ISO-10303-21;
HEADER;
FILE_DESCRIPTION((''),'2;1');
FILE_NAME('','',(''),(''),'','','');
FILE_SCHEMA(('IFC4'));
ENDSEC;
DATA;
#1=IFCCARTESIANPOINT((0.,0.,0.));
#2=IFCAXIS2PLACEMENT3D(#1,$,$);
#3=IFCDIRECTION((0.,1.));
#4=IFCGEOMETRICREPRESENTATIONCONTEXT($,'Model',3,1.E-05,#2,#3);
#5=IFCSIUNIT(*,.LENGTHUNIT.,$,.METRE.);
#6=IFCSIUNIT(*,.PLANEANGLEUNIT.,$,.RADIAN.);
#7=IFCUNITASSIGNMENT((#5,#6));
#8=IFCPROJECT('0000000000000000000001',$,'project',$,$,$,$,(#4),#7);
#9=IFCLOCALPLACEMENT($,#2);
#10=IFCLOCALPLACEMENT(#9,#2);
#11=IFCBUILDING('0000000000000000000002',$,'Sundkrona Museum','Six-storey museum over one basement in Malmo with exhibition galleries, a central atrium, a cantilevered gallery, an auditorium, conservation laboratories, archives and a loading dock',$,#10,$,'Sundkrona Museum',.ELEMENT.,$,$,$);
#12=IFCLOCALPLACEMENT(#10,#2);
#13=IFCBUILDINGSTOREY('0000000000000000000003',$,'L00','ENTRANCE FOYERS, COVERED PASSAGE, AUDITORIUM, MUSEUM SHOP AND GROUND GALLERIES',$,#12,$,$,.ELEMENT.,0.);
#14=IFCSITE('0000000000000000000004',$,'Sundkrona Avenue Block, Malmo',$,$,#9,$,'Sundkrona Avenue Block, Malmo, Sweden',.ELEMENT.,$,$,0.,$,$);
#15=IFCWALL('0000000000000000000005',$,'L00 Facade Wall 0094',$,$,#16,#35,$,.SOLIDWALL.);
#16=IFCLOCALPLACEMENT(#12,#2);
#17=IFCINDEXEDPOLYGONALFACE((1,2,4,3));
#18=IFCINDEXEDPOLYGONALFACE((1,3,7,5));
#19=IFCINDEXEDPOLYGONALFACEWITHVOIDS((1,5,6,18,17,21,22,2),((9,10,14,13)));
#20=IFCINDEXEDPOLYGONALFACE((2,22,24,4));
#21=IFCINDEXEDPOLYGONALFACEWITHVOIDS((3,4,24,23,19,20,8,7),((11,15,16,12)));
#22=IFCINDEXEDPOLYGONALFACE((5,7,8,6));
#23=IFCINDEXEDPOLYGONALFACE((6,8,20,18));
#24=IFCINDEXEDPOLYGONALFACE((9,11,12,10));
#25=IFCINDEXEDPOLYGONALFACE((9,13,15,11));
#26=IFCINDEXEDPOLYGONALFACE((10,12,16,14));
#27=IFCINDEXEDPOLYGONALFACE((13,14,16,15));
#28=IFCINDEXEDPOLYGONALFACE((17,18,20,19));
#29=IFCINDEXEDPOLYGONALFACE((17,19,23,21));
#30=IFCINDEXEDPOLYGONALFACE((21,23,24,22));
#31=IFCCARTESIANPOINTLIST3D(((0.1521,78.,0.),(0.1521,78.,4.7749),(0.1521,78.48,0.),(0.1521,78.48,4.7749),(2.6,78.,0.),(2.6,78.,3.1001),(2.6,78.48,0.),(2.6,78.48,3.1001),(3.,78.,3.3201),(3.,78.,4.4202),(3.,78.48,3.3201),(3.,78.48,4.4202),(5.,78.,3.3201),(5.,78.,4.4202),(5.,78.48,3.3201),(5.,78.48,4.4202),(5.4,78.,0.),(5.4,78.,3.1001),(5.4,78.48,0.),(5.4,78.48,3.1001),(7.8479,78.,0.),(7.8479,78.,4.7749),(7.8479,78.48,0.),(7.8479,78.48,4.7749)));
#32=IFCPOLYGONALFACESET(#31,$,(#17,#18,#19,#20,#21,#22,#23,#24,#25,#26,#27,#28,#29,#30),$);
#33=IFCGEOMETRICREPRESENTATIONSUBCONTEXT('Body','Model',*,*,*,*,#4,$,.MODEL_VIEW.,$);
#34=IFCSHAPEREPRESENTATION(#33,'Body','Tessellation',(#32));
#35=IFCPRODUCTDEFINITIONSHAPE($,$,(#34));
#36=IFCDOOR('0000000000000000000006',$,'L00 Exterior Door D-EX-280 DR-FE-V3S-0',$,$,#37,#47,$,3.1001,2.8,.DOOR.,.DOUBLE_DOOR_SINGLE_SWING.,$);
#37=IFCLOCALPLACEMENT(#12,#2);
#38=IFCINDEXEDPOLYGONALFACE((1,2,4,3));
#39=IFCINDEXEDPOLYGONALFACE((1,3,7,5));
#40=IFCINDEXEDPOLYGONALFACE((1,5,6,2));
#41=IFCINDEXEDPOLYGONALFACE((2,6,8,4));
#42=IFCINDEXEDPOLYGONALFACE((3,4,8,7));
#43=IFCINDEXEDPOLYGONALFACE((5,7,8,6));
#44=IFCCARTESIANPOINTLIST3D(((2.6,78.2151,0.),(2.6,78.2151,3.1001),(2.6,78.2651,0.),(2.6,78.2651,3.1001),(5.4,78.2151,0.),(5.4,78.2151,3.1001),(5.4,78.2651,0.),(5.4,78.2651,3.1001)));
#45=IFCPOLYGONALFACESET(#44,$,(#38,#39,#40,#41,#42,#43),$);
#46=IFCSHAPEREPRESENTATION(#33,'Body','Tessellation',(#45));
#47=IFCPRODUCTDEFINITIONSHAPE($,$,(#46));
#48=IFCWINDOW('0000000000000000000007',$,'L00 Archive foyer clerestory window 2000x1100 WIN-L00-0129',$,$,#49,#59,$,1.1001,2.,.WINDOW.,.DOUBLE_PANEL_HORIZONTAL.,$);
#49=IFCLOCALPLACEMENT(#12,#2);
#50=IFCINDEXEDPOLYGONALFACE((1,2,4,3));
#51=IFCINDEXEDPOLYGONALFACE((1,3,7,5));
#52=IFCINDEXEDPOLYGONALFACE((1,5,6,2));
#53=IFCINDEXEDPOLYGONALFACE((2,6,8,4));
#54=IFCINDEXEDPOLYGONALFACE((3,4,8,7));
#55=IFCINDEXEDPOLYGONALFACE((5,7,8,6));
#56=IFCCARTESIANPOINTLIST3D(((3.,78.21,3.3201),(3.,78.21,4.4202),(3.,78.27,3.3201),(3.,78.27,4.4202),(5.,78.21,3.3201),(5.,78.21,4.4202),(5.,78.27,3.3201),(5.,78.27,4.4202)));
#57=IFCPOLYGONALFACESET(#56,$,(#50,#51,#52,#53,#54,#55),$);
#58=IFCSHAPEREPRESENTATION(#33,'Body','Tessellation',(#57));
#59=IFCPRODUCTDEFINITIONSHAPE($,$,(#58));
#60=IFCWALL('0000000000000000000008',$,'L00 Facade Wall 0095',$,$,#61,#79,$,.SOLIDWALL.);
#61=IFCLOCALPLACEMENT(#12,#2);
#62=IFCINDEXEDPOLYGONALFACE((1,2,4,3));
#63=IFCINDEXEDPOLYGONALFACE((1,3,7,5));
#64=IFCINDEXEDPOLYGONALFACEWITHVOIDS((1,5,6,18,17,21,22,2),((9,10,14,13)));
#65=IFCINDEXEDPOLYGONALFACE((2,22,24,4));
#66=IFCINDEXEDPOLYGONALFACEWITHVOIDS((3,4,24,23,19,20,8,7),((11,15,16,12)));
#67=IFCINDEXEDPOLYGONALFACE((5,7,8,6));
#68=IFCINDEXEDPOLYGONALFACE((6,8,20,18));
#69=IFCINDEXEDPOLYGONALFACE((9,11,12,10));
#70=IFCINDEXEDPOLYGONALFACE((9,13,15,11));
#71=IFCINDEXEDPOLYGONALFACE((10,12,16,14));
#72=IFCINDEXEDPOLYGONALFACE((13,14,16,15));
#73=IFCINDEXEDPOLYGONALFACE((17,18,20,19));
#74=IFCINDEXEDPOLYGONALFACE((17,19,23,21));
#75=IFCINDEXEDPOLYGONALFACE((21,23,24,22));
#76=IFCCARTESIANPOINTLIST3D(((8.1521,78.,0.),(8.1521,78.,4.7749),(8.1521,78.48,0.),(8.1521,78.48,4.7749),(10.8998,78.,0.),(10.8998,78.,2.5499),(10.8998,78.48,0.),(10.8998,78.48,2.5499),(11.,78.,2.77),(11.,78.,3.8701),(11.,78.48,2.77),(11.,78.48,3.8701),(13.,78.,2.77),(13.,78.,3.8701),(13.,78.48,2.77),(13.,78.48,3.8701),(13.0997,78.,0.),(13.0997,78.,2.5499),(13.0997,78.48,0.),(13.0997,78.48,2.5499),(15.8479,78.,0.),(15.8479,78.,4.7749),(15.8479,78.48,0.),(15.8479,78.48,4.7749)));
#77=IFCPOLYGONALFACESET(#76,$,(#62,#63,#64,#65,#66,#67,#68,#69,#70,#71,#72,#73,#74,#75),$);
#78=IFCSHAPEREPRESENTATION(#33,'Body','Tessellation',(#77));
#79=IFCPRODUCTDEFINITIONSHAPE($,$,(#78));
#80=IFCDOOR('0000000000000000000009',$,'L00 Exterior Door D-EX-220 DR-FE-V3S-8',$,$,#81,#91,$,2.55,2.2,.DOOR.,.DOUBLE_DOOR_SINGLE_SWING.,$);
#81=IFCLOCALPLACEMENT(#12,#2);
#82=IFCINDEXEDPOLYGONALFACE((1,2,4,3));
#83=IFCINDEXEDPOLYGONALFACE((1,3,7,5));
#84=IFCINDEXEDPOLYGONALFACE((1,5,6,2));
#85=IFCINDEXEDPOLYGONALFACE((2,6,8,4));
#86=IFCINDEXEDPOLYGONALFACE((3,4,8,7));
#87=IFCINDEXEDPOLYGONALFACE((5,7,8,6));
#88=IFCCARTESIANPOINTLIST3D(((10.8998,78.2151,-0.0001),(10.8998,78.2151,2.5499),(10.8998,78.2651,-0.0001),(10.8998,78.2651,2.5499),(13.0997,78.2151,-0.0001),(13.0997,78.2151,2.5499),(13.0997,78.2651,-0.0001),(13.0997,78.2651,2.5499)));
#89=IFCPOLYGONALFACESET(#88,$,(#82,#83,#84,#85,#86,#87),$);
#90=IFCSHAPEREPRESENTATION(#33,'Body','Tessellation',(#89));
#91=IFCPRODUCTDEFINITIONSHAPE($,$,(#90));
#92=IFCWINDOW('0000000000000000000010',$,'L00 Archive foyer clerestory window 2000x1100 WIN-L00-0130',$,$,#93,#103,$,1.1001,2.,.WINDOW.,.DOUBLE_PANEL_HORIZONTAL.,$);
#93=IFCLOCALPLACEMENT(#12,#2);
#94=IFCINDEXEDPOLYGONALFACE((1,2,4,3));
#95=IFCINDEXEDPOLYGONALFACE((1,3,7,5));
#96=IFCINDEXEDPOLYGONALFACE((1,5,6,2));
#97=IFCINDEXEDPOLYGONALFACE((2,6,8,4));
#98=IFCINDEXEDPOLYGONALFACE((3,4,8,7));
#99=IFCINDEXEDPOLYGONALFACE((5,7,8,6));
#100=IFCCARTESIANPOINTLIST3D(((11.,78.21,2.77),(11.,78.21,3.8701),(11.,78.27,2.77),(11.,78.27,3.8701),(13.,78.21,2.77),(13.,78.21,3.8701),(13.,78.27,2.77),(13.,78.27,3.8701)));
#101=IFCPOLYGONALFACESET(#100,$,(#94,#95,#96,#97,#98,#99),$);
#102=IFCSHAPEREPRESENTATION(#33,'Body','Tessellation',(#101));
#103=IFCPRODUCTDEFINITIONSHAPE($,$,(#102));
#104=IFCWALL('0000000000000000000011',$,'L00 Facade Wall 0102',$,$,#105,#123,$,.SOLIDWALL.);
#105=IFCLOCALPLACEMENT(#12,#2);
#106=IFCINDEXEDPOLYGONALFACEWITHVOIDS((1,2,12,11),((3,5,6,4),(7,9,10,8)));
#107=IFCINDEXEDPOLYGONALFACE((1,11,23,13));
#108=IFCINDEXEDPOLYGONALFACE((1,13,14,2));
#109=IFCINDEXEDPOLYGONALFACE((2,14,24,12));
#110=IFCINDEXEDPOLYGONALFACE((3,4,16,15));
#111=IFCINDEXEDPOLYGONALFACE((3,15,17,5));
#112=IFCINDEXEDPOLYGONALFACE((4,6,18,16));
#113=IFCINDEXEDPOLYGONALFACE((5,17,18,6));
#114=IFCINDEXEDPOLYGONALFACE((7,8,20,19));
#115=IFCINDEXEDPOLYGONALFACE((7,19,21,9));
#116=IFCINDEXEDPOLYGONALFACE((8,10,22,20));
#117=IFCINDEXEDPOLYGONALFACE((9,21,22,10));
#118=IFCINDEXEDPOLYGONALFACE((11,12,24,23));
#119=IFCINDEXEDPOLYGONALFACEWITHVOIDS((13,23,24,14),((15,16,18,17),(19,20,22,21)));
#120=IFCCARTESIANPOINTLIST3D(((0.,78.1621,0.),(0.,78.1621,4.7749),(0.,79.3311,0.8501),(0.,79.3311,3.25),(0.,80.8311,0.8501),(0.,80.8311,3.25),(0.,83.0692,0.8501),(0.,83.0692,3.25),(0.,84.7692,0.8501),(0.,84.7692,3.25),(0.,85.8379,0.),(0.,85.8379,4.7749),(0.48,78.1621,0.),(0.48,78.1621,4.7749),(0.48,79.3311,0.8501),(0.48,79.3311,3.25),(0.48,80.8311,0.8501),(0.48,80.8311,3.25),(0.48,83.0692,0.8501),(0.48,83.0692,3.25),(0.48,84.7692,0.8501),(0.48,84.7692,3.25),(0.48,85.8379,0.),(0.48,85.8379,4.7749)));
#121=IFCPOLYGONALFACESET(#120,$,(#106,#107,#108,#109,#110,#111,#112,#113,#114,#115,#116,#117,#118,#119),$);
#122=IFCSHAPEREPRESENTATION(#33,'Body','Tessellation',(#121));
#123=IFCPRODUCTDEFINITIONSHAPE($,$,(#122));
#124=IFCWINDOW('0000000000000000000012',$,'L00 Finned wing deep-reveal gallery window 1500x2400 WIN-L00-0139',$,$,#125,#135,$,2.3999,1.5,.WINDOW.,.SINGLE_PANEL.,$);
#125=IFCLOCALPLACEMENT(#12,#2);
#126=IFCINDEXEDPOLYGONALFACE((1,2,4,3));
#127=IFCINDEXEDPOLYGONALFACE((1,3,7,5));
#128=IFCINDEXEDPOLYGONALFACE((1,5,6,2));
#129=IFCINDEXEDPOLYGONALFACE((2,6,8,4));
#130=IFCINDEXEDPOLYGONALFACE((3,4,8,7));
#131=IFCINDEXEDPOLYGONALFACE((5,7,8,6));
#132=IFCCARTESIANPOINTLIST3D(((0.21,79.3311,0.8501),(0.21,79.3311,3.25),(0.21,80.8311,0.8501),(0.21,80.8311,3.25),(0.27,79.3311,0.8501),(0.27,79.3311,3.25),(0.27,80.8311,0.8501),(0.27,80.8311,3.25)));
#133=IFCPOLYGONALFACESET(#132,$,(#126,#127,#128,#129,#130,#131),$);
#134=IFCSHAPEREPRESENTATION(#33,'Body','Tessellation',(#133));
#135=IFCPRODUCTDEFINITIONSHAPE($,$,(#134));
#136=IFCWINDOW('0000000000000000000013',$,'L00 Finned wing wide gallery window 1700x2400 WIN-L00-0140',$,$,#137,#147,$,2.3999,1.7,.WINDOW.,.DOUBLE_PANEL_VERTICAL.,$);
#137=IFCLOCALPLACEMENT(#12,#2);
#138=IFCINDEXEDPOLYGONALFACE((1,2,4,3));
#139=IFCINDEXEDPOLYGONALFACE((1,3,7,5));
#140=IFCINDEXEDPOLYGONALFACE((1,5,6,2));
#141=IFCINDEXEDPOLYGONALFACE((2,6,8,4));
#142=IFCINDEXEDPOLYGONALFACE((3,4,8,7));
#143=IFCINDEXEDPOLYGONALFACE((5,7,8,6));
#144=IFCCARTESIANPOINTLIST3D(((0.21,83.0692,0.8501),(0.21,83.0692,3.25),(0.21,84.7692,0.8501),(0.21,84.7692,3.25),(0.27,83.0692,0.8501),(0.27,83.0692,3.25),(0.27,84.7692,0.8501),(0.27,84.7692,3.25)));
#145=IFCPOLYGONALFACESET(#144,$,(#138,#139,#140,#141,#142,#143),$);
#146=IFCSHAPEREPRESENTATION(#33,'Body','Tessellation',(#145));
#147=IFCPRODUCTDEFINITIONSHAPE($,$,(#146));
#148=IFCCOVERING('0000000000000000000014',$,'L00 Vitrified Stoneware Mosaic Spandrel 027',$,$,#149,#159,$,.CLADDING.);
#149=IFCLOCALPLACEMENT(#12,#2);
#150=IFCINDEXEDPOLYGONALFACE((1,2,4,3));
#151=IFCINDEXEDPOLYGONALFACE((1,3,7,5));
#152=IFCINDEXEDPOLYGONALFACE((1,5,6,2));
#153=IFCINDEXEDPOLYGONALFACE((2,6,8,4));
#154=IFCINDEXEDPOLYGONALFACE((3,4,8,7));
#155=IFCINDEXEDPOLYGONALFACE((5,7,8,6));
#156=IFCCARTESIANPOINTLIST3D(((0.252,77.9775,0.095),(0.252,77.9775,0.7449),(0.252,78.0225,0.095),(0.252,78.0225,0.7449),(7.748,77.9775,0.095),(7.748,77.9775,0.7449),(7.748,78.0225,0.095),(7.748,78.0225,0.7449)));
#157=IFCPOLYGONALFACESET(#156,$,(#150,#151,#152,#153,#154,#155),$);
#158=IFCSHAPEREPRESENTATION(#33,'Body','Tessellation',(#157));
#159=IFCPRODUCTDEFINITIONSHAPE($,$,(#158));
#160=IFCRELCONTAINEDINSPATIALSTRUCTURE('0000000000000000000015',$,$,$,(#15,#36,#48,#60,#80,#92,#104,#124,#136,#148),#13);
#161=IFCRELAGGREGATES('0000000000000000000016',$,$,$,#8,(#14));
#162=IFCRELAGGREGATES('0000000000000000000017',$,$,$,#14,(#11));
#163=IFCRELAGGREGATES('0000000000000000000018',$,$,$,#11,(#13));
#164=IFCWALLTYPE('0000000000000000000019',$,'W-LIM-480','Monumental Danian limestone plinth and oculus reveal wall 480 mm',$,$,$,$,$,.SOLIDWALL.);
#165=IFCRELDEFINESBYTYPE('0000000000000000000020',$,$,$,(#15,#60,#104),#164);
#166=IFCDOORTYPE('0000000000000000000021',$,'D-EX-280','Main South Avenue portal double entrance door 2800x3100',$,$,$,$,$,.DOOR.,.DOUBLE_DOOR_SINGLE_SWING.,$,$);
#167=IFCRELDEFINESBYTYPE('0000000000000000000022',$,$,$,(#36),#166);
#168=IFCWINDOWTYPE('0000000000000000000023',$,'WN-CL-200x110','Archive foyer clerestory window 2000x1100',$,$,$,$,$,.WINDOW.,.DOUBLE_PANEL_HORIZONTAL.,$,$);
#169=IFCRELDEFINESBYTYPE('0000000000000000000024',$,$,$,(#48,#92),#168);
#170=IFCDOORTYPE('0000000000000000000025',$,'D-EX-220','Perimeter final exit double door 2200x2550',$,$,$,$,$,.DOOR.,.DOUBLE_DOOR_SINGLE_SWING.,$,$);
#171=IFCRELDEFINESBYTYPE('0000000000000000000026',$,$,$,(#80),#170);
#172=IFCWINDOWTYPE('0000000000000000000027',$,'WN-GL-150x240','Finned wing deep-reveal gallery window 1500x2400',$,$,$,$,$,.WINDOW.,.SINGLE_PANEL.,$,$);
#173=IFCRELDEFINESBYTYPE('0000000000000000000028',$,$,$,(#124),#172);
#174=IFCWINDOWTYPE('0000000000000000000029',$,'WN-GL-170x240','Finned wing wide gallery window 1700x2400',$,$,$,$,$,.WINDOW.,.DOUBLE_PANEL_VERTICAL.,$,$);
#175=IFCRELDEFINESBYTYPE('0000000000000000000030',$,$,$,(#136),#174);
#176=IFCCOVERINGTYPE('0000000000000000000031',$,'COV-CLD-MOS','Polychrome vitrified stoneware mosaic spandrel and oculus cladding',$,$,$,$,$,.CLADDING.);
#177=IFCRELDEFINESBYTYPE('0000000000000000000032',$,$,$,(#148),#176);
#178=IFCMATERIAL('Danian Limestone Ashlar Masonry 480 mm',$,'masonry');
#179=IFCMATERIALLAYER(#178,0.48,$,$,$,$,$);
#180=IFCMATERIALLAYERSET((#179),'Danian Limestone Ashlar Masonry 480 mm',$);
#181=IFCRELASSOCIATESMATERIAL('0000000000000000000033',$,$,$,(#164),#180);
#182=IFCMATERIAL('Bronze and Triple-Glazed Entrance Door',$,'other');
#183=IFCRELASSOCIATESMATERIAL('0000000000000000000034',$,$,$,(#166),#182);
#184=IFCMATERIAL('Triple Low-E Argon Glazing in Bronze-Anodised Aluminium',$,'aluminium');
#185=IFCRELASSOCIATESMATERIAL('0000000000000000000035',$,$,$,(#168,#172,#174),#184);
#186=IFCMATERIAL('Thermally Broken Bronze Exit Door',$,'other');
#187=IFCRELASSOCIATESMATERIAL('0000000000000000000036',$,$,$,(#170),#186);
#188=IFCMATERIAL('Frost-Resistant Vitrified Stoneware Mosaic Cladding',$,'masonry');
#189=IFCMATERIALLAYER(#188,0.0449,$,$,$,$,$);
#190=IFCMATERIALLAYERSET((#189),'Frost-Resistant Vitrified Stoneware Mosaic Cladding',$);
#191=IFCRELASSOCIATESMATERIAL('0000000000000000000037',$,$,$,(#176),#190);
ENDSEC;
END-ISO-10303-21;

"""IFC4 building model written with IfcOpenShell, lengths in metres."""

from ifc_helpers import new_model, si_unit, direction, frame, frame_2d, origin, origin_2d, place, context, subcontext, project, spatial, rectangle, extrude, material, layer, layer_set, type_object, element, fill, save


model = new_model("IFC4")

# Units and contexts
model_context = context("Model", 3, precision=1e-05, world=origin(), true_north=direction((0.0, 1.0)))
body_context = subcontext(model_context, "Body", "Model", "MODEL_VIEW")
ifc_project = project(units=[si_unit("LENGTHUNIT", "METRE"), si_unit("PLANEANGLEUNIT", "RADIAN")], contexts=[model_context])

# Site, building, storey
site_placement = place(None, origin())
site = spatial("IfcSite", under=ifc_project, at=site_placement, Name="Sundkrona Avenue Block, Malmo", LongName="Sundkrona Avenue Block, Malmo, Sweden", CompositionType="ELEMENT", RefElevation=0.0)
building_placement = place(site_placement, origin())
building = spatial("IfcBuilding", under=site, at=building_placement, Name="Sundkrona Museum", Description="Six-storey museum over one basement in Malmo with exhibition galleries, a central atrium, a cantilevered gallery, an auditorium, conservation laboratories, archives and a loading dock", LongName="Sundkrona Museum", CompositionType="ELEMENT")
storey_placement = place(building_placement, origin())
storey = spatial("IfcBuildingStorey", under=building, at=storey_placement, Name="L00", Description="ENTRANCE FOYERS, COVERED PASSAGE, AUDITORIUM, MUSEUM SHOP AND GROUND GALLERIES", CompositionType="ELEMENT", Elevation=0.0)

# Walls, openings, doors, windows
ifc_material_1 = material(Name="Danian Limestone Ashlar Masonry 480 mm", Category="masonry")
ifc_layer_1 = layer(ifc_material_1, 0.48)
ifc_layer_set_1 = layer_set([ifc_layer_1], Name="Danian Limestone Ashlar Masonry 480 mm")
wall_type = type_object("IfcWallType", Name="W-LIM-480", Description="Monumental Danian limestone plinth and oculus reveal wall 480 mm", PredefinedType="SOLIDWALL", material=ifc_layer_set_1)
wall_1_placement = place(storey_placement, frame((7.8479, 78.24, 0.0), z_axis=(0.0, 0.0, 1.0), x_axis=(-1.0, 0.0, 0.0)))
wall_1 = element("IfcWall", 1, at=wall_1_placement, inside=storey, type_object=wall_type, Name="L00 Facade Wall 0094", PredefinedType="SOLIDWALL", context=body_context, shape_type="SweptSolid", body=[
    extrude(rectangle(XDim=7.6958, YDim=0.48, at=frame_2d((3.8479, 0.0))), origin(), (0.0, 0.0, 1.0), 4.7749),
])
opening_1_placement = place(wall_1_placement, frame((2.448, 0.0, 0.0)))
opening_1 = element("IfcOpeningElement", 2, at=opening_1_placement, cuts=wall_1, PredefinedType="OPENING", context=body_context, shape_type="SweptSolid", body=[
    extrude(rectangle(XDim=2.8, YDim=3.1001, at=frame_2d((1.3999, 1.55))), frame((0.0, 0.25, 0.0), z_axis=(0.0, -1.0, 0.0), x_axis=(1.0, 0.0, 0.0)), (0.0, 0.0, 1.0), 0.5),
])
opening_2_placement = place(wall_1_placement, frame((2.8479, 0.0, 3.3201)))
opening_2 = element("IfcOpeningElement", 3, at=opening_2_placement, cuts=wall_1, PredefinedType="OPENING", context=body_context, shape_type="SweptSolid", body=[
    extrude(rectangle(XDim=2.0, YDim=1.1001, at=frame_2d((1.0, 0.55))), frame((0.0, 0.25, 0.0), z_axis=(0.0, -1.0, 0.0), x_axis=(1.0, 0.0, 0.0)), (0.0, 0.0, 1.0), 0.5),
])
ifc_material_2 = material(Name="Bronze and Triple-Glazed Entrance Door", Category="other")
door_type_1 = type_object("IfcDoorType", Name="D-EX-280", Description="Main South Avenue portal double entrance door 2800x3100", OperationType="DOUBLE_DOOR_SINGLE_SWING", PredefinedType="DOOR", material=ifc_material_2)
door_1_placement = place(opening_1_placement, origin())
door_1 = element("IfcDoor", 4, at=door_1_placement, inside=storey, type_object=door_type_1, Name="L00 Exterior Door D-EX-280 DR-FE-V3S-0", OperationType="DOUBLE_DOOR_SINGLE_SWING", OverallHeight=3.1001, OverallWidth=2.8, PredefinedType="DOOR", context=body_context, shape_type="SweptSolid", body=[
    extrude(rectangle(XDim=2.8, YDim=3.1001, at=frame_2d((1.3999, 1.55))), frame((0.0, 0.0249, 0.0), z_axis=(0.0, -1.0, 0.0), x_axis=(1.0, 0.0, 0.0)), (0.0, 0.0, 1.0), 0.05),
])
fill(opening_1, door_1)
ifc_material_3 = material(Name="Triple Low-E Argon Glazing in Bronze-Anodised Aluminium", Category="aluminium")
window_type_1 = type_object("IfcWindowType", Name="WN-CL-200x110", Description="Archive foyer clerestory window 2000x1100", PartitioningType="DOUBLE_PANEL_HORIZONTAL", PredefinedType="WINDOW", material=ifc_material_3)
window_1_placement = place(opening_2_placement, origin())
window_1 = element("IfcWindow", 5, at=window_1_placement, inside=storey, type_object=window_type_1, Name="L00 Archive foyer clerestory window 2000x1100 WIN-L00-0129", OverallHeight=1.1001, OverallWidth=2.0, PartitioningType="DOUBLE_PANEL_HORIZONTAL", PredefinedType="WINDOW", context=body_context, shape_type="SweptSolid", body=[
    extrude(rectangle(XDim=2.0, YDim=1.1001, at=frame_2d((1.0, 0.55))), frame((0.0, 0.03, 0.0), z_axis=(0.0, -1.0, 0.0), x_axis=(1.0, 0.0, 0.0)), (0.0, 0.0, 1.0), 0.0601),
])
fill(opening_2, window_1)
wall_2_placement = place(storey_placement, frame((15.8479, 78.24, 0.0), z_axis=(0.0, 0.0, 1.0), x_axis=(-1.0, 0.0, 0.0)))
wall_2 = element("IfcWall", 6, at=wall_2_placement, inside=storey, type_object=wall_type, Name="L00 Facade Wall 0095", PredefinedType="SOLIDWALL", context=body_context, shape_type="SweptSolid", body=[
    extrude(rectangle(XDim=7.6958, YDim=0.48, at=frame_2d((3.8479, 0.0))), origin(), (0.0, 0.0, 1.0), 4.7749),
])
opening_3_placement = place(wall_2_placement, frame((2.748, 0.0, 0.0)))
opening_3 = element("IfcOpeningElement", 7, at=opening_3_placement, cuts=wall_2, PredefinedType="OPENING", context=body_context, shape_type="SweptSolid", body=[
    extrude(rectangle(XDim=2.2, YDim=2.55, at=frame_2d((1.1001, 1.2749))), frame((0.0, 0.25, 0.0), z_axis=(0.0, -1.0, 0.0), x_axis=(1.0, 0.0, 0.0)), (0.0, 0.0, 1.0), 0.5),
])
opening_4_placement = place(wall_2_placement, frame((2.8479, 0.0, 2.77)))
opening_4 = element("IfcOpeningElement", 8, at=opening_4_placement, cuts=wall_2, PredefinedType="OPENING", context=body_context, shape_type="SweptSolid", body=[
    extrude(rectangle(XDim=2.0, YDim=1.1001, at=frame_2d((1.0, 0.55))), frame((0.0, 0.25, 0.0), z_axis=(0.0, -1.0, 0.0), x_axis=(1.0, 0.0, 0.0)), (0.0, 0.0, 1.0), 0.5),
])
ifc_material_4 = material(Name="Thermally Broken Bronze Exit Door", Category="other")
door_type_2 = type_object("IfcDoorType", Name="D-EX-220", Description="Perimeter final exit double door 2200x2550", OperationType="DOUBLE_DOOR_SINGLE_SWING", PredefinedType="DOOR", material=ifc_material_4)
door_2_placement = place(opening_3_placement, origin())
door_2 = element("IfcDoor", 9, at=door_2_placement, inside=storey, type_object=door_type_2, Name="L00 Exterior Door D-EX-220 DR-FE-V3S-8", OperationType="DOUBLE_DOOR_SINGLE_SWING", OverallHeight=2.55, OverallWidth=2.2, PredefinedType="DOOR", context=body_context, shape_type="SweptSolid", body=[
    extrude(rectangle(XDim=2.2, YDim=2.55, at=frame_2d((1.1001, 1.2749))), frame((0.0, 0.0249, 0.0), z_axis=(0.0, -1.0, 0.0), x_axis=(1.0, 0.0, 0.0)), (0.0, 0.0, 1.0), 0.05),
])
fill(opening_3, door_2)
window_2_placement = place(opening_4_placement, origin())
window_2 = element("IfcWindow", 10, at=window_2_placement, inside=storey, type_object=window_type_1, Name="L00 Archive foyer clerestory window 2000x1100 WIN-L00-0130", OverallHeight=1.1001, OverallWidth=2.0, PartitioningType="DOUBLE_PANEL_HORIZONTAL", PredefinedType="WINDOW", context=body_context, shape_type="SweptSolid", body=[
    extrude(rectangle(XDim=2.0, YDim=1.1001, at=frame_2d((1.0, 0.55))), frame((0.0, 0.03, 0.0), z_axis=(0.0, -1.0, 0.0), x_axis=(1.0, 0.0, 0.0)), (0.0, 0.0, 1.0), 0.0601),
])
fill(opening_4, window_2)

# Wall, openings, windows
wall_3_placement = place(storey_placement, frame((0.24, 78.1621, 0.0), z_axis=(0.0, 0.0, 1.0), x_axis=(0.0, 1.0, 0.0)))
wall_3 = element("IfcWall", 11, at=wall_3_placement, inside=storey, type_object=wall_type, Name="L00 Facade Wall 0102", PredefinedType="SOLIDWALL", context=body_context, shape_type="SweptSolid", body=[
    extrude(rectangle(XDim=7.6758, YDim=0.48, at=frame_2d((3.8379, 0.0))), origin(), (0.0, 0.0, 1.0), 4.7749),
])
opening_5_placement = place(wall_3_placement, frame((1.1689, 0.0, 0.8501)))
opening_5 = element("IfcOpeningElement", 12, at=opening_5_placement, cuts=wall_3, PredefinedType="OPENING", context=body_context, shape_type="SweptSolid", body=[
    extrude(rectangle(XDim=1.5, YDim=2.3999, at=frame_2d((0.75, 1.2))), frame((0.0, 0.25, 0.0), z_axis=(0.0, -1.0, 0.0), x_axis=(1.0, 0.0, 0.0)), (0.0, 0.0, 1.0), 0.5),
])
opening_6_placement = place(wall_3_placement, frame((4.907, 0.0, 0.8501)))
opening_6 = element("IfcOpeningElement", 13, at=opening_6_placement, cuts=wall_3, PredefinedType="OPENING", context=body_context, shape_type="SweptSolid", body=[
    extrude(rectangle(XDim=1.7, YDim=2.3999, at=frame_2d((0.8501, 1.2))), frame((0.0, 0.25, 0.0), z_axis=(0.0, -1.0, 0.0), x_axis=(1.0, 0.0, 0.0)), (0.0, 0.0, 1.0), 0.5),
])
window_type_2 = type_object("IfcWindowType", Name="WN-GL-150x240", Description="Finned wing deep-reveal gallery window 1500x2400", PartitioningType="SINGLE_PANEL", PredefinedType="WINDOW", material=ifc_material_3)
window_3_placement = place(opening_5_placement, origin())
window_3 = element("IfcWindow", 14, at=window_3_placement, inside=storey, type_object=window_type_2, Name="L00 Finned wing deep-reveal gallery window 1500x2400 WIN-L00-0139", OverallHeight=2.3999, OverallWidth=1.5, PartitioningType="SINGLE_PANEL", PredefinedType="WINDOW", context=body_context, shape_type="SweptSolid", body=[
    extrude(rectangle(XDim=1.5, YDim=2.3999, at=frame_2d((0.75, 1.2))), frame((0.0, 0.03, 0.0), z_axis=(0.0, -1.0, 0.0), x_axis=(1.0, 0.0, 0.0)), (0.0, 0.0, 1.0), 0.0601),
])
fill(opening_5, window_3)
window_type_3 = type_object("IfcWindowType", Name="WN-GL-170x240", Description="Finned wing wide gallery window 1700x2400", PartitioningType="DOUBLE_PANEL_VERTICAL", PredefinedType="WINDOW", material=ifc_material_3)
window_4_placement = place(opening_6_placement, origin())
window_4 = element("IfcWindow", 15, at=window_4_placement, inside=storey, type_object=window_type_3, Name="L00 Finned wing wide gallery window 1700x2400 WIN-L00-0140", OverallHeight=2.3999, OverallWidth=1.7, PartitioningType="DOUBLE_PANEL_VERTICAL", PredefinedType="WINDOW", context=body_context, shape_type="SweptSolid", body=[
    extrude(rectangle(XDim=1.7, YDim=2.3999, at=frame_2d((0.8501, 1.2))), frame((0.0, 0.03, 0.0), z_axis=(0.0, -1.0, 0.0), x_axis=(1.0, 0.0, 0.0)), (0.0, 0.0, 1.0), 0.0601),
])
fill(opening_6, window_4)

# Covering
ifc_material_5 = material(Name="Frost-Resistant Vitrified Stoneware Mosaic Cladding", Category="masonry")
ifc_layer_2 = layer(ifc_material_5, 0.0449)
ifc_layer_set_2 = layer_set([ifc_layer_2], Name="Frost-Resistant Vitrified Stoneware Mosaic Cladding")
covering_type = type_object("IfcCoveringType", Name="COV-CLD-MOS", Description="Polychrome vitrified stoneware mosaic spandrel and oculus cladding", PredefinedType="CLADDING", material=ifc_layer_set_2)
for number, where, z_axis, x_axis, name in (
    (16, (4.0, 78.0, 0.095), (0.0, 0.0, 1.0), (1.0, 0.0, 0.0), "L00 Vitrified Stoneware Mosaic Spandrel 027"),
):
    element("IfcCovering", number, at=place(storey_placement, frame(where, z_axis=z_axis, x_axis=x_axis)), inside=storey, type_object=covering_type, Name=name, PredefinedType="CLADDING", context=body_context, shape_type="SweptSolid", body=[
        extrude(rectangle(XDim=7.4961, YDim=0.0449, at=origin_2d()), origin(), (0.0, 0.0, 1.0), 0.6499),
    ])

save(model, "model.ifc")
